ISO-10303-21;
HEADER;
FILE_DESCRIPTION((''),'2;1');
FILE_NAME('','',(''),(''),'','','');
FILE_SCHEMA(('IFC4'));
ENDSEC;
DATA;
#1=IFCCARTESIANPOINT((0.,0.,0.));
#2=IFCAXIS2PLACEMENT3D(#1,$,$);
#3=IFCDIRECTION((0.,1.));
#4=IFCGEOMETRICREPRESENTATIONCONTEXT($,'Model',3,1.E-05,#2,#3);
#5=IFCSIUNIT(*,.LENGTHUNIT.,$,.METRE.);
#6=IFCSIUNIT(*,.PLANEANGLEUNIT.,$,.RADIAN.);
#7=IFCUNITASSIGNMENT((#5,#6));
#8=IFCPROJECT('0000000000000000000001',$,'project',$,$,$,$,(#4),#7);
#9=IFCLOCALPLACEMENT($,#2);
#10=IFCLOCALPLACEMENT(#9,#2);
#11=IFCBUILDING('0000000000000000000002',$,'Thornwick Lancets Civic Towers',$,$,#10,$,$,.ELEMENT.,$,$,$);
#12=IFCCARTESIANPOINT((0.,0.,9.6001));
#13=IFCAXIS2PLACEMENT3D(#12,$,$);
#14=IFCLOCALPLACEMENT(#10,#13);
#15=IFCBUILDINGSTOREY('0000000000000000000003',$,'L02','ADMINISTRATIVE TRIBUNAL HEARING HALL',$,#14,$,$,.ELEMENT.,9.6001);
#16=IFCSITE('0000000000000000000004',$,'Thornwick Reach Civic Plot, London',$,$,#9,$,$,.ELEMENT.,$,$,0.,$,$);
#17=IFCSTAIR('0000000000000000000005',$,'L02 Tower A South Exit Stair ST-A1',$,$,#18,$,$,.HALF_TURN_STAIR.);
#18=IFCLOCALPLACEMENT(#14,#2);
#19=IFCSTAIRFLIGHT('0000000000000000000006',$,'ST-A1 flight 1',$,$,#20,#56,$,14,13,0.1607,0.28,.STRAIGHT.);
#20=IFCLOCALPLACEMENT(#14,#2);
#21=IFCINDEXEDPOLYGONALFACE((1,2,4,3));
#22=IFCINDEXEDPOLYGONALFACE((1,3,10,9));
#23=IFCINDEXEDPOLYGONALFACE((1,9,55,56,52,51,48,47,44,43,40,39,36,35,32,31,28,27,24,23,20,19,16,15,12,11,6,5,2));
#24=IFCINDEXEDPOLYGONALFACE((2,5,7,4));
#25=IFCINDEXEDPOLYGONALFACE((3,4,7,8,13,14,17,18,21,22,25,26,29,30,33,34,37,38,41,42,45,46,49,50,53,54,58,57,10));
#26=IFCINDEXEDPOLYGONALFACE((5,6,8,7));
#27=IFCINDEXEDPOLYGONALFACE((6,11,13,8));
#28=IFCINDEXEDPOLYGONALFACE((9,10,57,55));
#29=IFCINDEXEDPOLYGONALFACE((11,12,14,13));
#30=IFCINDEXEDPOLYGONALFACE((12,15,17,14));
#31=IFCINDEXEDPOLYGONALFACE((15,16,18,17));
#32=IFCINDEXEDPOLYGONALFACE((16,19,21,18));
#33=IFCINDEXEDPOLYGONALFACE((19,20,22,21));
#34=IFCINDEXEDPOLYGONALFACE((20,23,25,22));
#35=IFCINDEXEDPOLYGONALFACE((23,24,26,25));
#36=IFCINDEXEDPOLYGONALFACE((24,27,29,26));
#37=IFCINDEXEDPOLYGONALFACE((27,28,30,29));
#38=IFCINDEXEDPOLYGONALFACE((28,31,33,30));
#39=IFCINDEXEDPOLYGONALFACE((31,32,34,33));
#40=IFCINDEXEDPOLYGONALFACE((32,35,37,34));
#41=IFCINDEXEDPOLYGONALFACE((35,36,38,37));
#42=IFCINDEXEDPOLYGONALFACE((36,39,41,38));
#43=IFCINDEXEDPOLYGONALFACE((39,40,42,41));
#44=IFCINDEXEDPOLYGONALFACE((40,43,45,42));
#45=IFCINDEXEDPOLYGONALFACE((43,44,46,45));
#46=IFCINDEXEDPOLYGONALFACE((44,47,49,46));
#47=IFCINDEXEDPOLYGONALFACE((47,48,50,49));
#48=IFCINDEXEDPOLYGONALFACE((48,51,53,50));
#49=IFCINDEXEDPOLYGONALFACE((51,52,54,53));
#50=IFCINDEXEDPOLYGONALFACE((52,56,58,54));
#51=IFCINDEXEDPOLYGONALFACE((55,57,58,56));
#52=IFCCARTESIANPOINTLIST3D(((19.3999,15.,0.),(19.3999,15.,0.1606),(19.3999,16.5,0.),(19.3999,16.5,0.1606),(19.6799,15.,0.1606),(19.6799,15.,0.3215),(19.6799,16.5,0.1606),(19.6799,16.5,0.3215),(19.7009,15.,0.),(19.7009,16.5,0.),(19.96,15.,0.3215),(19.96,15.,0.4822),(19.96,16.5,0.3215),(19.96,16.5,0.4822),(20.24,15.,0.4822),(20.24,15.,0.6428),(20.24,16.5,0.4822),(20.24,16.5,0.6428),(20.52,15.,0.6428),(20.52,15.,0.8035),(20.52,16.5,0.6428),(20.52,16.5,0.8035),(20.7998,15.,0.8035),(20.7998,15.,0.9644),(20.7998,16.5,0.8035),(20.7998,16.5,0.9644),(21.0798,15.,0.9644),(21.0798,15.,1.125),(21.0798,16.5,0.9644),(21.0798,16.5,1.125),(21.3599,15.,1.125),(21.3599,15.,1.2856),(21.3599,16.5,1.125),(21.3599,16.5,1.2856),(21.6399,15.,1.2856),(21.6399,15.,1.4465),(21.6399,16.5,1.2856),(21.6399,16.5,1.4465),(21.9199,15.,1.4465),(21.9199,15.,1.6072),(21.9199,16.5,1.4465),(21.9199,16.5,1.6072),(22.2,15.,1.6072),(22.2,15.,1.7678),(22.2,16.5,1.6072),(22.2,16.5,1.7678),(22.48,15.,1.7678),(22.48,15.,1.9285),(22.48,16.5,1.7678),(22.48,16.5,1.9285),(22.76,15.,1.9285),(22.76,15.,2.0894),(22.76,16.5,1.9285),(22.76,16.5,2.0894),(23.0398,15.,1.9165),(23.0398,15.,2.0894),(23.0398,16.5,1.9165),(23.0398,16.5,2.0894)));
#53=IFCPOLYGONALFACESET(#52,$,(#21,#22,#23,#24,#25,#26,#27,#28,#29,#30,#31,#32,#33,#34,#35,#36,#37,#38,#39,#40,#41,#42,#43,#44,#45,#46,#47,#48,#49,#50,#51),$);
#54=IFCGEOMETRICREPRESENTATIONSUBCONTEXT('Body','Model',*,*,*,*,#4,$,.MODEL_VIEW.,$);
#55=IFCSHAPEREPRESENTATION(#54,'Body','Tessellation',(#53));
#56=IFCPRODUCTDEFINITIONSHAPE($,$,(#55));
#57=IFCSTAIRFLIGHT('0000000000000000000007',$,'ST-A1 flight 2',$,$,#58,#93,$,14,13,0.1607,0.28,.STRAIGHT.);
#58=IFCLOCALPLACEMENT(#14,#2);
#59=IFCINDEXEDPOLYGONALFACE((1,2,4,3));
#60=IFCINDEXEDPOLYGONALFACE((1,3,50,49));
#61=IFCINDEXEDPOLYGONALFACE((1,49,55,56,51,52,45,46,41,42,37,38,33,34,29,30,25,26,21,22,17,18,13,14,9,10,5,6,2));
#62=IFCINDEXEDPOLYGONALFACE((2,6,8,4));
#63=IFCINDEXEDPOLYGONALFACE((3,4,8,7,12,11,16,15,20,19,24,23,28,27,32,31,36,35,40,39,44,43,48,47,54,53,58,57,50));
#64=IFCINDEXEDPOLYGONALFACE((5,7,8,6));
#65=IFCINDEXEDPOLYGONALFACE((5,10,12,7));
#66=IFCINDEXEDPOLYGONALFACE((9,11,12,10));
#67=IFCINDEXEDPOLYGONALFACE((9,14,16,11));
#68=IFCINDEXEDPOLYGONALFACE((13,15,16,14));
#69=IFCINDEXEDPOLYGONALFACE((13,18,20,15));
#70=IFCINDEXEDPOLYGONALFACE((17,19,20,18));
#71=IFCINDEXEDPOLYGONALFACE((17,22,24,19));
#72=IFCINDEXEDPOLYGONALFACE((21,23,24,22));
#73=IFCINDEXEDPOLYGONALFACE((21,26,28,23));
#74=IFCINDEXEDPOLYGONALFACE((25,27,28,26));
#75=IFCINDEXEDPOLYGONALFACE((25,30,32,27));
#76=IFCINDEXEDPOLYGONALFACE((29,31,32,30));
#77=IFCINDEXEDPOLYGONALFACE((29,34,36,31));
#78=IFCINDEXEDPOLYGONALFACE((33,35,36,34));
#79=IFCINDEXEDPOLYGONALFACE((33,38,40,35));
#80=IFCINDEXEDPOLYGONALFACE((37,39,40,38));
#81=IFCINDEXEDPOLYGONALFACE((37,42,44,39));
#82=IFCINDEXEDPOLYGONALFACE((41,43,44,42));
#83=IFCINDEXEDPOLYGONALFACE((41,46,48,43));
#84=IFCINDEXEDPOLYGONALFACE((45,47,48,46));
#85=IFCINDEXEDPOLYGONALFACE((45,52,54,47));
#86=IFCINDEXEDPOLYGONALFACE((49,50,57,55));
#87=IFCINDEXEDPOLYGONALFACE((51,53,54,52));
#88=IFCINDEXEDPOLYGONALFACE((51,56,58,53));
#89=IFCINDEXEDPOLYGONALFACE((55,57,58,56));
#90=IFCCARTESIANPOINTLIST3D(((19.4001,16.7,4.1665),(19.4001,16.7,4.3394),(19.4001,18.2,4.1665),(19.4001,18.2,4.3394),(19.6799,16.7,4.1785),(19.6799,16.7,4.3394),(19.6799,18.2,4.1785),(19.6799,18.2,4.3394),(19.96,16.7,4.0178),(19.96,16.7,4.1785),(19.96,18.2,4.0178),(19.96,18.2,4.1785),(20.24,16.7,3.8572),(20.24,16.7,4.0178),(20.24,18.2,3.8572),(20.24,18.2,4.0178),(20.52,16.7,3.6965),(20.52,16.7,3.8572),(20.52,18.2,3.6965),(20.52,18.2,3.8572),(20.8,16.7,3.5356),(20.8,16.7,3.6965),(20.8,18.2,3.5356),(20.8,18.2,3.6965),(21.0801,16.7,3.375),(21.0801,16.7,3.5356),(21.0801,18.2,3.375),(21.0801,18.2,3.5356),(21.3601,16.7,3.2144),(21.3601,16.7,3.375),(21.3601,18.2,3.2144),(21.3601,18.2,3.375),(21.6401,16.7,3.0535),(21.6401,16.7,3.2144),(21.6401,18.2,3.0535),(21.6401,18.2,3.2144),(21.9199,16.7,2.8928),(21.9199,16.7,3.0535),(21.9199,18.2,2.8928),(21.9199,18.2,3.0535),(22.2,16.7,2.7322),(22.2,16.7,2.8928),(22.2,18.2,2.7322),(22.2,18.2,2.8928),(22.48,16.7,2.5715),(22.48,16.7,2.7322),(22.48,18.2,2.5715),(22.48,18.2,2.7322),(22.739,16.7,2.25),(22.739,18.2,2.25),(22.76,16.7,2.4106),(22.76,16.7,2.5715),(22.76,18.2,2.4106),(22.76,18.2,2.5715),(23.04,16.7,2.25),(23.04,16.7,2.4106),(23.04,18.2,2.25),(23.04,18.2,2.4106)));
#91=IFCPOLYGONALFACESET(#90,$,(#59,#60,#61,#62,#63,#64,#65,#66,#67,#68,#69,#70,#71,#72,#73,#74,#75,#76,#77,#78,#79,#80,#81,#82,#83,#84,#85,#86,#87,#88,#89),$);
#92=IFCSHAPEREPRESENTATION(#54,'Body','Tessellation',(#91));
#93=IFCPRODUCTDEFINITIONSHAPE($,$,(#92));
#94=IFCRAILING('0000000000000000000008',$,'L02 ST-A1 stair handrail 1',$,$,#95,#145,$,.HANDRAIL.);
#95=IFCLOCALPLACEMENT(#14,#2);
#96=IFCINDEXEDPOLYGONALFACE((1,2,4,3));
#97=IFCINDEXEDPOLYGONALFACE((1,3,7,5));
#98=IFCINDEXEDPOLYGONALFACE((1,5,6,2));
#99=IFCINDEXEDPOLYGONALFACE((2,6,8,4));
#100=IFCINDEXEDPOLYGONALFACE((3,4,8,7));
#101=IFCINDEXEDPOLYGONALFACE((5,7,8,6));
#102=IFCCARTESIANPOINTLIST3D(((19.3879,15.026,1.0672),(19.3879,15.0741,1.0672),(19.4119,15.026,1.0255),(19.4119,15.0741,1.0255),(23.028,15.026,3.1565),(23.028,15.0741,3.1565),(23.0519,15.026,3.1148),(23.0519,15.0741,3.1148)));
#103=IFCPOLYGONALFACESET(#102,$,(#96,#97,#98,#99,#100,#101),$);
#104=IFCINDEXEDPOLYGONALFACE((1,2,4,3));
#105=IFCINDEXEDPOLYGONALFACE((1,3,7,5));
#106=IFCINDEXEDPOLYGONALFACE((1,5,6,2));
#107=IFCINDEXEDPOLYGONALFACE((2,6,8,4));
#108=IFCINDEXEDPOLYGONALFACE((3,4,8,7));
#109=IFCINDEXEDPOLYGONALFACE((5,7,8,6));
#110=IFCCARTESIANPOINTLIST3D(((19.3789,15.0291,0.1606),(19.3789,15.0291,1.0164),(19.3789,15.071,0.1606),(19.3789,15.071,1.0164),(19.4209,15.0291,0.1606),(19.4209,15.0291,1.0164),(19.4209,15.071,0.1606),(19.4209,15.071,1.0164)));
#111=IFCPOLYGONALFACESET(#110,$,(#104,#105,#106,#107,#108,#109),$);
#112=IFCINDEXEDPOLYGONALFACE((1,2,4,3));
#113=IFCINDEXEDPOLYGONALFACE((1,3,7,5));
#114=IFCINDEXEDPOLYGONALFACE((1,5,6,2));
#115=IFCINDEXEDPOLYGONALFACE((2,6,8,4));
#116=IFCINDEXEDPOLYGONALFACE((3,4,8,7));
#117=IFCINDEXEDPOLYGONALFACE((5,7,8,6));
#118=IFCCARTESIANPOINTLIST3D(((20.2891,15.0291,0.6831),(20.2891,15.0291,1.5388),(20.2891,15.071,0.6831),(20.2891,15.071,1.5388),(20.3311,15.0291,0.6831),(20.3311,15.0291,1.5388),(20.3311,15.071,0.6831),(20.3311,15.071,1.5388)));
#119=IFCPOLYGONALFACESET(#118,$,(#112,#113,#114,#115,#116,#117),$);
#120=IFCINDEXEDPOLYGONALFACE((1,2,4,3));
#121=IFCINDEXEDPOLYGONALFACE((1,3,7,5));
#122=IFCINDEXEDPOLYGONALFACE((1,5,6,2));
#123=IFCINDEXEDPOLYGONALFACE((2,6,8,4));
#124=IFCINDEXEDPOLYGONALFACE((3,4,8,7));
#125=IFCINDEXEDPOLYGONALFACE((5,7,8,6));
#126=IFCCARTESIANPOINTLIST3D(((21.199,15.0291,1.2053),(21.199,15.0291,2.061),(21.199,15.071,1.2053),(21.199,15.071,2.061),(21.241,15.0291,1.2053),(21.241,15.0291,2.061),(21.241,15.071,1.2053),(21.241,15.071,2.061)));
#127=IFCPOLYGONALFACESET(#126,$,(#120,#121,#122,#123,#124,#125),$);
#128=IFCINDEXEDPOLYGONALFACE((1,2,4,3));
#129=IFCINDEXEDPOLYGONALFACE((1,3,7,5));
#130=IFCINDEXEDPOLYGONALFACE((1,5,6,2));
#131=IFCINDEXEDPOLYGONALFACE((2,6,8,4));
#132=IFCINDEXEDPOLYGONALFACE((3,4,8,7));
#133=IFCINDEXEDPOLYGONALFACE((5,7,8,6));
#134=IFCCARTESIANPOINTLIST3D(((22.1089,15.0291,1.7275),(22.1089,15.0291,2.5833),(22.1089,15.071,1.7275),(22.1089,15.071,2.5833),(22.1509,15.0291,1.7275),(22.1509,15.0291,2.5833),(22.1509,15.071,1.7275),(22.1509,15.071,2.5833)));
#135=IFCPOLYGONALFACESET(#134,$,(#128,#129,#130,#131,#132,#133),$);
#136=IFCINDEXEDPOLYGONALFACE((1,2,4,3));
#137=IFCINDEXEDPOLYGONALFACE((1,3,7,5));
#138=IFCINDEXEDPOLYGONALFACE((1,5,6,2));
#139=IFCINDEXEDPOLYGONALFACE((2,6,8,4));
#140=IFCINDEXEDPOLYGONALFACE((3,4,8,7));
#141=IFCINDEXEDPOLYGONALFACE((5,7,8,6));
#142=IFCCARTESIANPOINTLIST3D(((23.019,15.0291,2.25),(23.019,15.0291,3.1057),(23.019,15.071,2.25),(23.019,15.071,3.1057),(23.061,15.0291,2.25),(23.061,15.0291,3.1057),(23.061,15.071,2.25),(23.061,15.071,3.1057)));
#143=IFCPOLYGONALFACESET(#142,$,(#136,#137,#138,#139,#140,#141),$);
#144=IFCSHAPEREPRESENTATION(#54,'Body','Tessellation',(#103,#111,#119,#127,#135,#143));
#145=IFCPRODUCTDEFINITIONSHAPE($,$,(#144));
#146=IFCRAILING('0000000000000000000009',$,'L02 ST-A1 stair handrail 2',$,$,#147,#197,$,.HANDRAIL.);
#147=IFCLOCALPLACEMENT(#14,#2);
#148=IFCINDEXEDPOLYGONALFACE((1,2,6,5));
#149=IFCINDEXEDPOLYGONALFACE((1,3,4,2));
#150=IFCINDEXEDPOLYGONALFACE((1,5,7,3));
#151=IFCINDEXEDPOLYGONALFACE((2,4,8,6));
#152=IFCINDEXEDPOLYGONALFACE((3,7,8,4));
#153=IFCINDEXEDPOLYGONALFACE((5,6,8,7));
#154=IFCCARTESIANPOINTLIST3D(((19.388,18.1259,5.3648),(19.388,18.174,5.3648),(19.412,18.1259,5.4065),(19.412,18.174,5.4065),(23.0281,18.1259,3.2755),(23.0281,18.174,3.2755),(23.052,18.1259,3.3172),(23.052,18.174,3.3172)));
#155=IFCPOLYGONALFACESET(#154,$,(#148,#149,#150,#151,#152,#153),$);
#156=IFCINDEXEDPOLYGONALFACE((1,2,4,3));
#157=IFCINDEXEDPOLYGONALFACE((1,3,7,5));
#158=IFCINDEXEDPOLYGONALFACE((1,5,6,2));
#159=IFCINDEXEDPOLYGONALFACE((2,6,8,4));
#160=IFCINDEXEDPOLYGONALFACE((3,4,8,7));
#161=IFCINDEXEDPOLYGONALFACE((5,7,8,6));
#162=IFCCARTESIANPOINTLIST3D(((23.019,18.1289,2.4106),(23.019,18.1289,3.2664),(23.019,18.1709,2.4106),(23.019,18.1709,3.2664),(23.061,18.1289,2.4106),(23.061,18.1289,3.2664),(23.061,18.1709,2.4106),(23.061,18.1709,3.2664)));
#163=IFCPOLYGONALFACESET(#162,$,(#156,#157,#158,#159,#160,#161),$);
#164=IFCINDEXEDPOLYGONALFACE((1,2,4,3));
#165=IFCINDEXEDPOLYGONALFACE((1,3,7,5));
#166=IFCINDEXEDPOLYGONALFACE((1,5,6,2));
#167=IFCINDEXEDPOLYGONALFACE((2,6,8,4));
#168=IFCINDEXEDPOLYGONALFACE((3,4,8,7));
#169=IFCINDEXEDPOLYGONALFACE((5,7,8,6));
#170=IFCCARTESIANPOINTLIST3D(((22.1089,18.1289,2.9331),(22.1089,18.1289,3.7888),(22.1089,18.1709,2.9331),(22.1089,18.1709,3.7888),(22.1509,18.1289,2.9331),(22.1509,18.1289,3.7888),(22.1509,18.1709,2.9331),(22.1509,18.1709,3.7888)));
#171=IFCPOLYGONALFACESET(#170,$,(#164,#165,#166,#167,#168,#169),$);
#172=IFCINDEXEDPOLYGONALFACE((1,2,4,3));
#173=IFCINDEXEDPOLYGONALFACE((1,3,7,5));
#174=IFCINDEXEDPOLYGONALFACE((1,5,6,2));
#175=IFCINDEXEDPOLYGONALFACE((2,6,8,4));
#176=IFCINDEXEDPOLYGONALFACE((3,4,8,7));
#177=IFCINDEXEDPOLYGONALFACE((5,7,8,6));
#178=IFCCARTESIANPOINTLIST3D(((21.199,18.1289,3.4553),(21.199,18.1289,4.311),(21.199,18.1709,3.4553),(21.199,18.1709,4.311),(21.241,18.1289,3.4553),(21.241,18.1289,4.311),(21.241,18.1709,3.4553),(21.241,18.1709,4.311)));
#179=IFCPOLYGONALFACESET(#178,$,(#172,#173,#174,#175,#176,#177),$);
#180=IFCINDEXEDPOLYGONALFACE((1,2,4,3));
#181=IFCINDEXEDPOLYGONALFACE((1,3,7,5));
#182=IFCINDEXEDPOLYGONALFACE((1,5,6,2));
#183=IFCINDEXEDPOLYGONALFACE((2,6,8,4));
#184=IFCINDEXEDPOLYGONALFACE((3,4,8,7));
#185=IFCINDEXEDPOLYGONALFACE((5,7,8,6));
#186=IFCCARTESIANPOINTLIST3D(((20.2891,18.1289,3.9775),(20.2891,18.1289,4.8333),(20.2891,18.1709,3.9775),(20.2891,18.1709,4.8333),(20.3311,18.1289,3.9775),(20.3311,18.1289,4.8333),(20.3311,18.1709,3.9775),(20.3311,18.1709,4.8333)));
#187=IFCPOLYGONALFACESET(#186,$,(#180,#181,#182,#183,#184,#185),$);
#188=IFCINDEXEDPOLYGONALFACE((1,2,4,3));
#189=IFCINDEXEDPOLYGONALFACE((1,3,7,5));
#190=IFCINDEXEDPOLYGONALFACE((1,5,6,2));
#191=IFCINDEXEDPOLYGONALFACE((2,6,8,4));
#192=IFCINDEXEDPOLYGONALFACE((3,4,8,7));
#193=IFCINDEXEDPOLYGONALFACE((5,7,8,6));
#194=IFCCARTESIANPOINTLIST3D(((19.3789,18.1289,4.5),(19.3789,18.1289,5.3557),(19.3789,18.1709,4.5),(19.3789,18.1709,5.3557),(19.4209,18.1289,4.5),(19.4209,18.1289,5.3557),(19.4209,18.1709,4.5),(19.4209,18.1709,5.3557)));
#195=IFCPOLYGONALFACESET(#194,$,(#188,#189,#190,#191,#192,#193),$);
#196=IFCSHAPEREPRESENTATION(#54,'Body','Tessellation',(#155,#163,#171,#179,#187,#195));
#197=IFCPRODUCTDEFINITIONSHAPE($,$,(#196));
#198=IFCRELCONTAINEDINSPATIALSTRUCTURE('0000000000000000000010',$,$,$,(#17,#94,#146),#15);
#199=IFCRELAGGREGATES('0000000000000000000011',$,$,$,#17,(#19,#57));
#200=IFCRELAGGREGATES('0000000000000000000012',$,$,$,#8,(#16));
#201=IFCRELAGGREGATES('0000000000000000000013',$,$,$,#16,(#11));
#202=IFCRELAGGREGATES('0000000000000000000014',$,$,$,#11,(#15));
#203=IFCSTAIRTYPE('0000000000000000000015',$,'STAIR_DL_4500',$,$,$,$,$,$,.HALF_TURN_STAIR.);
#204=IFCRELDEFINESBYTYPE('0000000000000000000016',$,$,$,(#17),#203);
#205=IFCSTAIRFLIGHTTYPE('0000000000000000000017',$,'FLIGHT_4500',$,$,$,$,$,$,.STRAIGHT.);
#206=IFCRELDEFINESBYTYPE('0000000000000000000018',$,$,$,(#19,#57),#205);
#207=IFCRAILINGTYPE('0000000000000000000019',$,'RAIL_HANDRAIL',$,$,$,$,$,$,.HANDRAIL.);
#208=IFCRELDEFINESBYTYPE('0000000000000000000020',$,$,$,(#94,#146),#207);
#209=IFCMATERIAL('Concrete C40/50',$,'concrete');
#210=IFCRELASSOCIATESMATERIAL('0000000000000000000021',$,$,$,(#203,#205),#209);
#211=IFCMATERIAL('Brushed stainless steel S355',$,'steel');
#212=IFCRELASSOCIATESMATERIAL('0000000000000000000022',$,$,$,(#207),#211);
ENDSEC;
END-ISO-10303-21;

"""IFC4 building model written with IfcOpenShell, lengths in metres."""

from ifc_helpers import new_model, si_unit, direction, frame, origin, origin_2d, place, context, subcontext, project, spatial, polyline, rectangle, outline, extrude, material, type_object, element, aggregate, save


model = new_model("IFC4")

# Units and contexts
model_context = context("Model", 3, precision=1e-05, world=origin(), true_north=direction((0.0, 1.0)))
body_context = subcontext(model_context, "Body", "Model", "MODEL_VIEW")
ifc_project = project(units=[si_unit("LENGTHUNIT", "METRE"), si_unit("PLANEANGLEUNIT", "RADIAN")], contexts=[model_context])

# Site, building, storey
site_placement = place(None, origin())
site = spatial("IfcSite", under=ifc_project, at=site_placement, Name="Thornwick Reach Civic Plot, London", CompositionType="ELEMENT", RefElevation=0.0)
building_placement = place(site_placement, origin())
building = spatial("IfcBuilding", under=site, at=building_placement, Name="Thornwick Lancets Civic Towers", CompositionType="ELEMENT")
storey_placement = place(building_placement, frame((0.0, 0.0, 9.6001)))
storey = spatial("IfcBuildingStorey", under=building, at=storey_placement, Name="L02", Description="ADMINISTRATIVE TRIBUNAL HEARING HALL", CompositionType="ELEMENT", Elevation=9.6001)

# Shared definitions
ifc_material_1 = material(Name="Concrete C40/50", Category="concrete")

# Stair, stair flights
stair_type = type_object("IfcStairType", Name="STAIR_DL_4500", PredefinedType="HALF_TURN_STAIR", material=ifc_material_1)
stair_placement = place(storey_placement, origin())
stair = element("IfcStair", 1, at=stair_placement, inside=storey, type_object=stair_type, Name="L02 Tower A South Exit Stair ST-A1", PredefinedType="HALF_TURN_STAIR")
stair_flight_type = type_object("IfcStairFlightType", Name="FLIGHT_4500", PredefinedType="STRAIGHT", material=ifc_material_1)
stair_flight_1_placement = place(storey_placement, frame((19.3999, 15.75, 0.0), z_axis=(0.0, 0.0, 1.0), x_axis=(1.0, 0.0, 0.0)))
stair_flight_1 = element("IfcStairFlight", 2, at=stair_flight_1_placement, type_object=stair_flight_type, Name="ST-A1 flight 1", NumberOfRisers=14, NumberOfTreads=13, PredefinedType="STRAIGHT", RiserHeight=0.1607, TreadLength=0.28, context=body_context, shape_type="SweptSolid", body=[
    extrude(outline(polyline([(0.0, 0.0), (0.0, 0.1606), (0.28, 0.1606), (0.28, 0.3215), (0.5601, 0.3215), (0.5601, 0.4822), (0.8401, 0.4822), (0.8401, 0.6428), (1.1201, 0.6428), (1.1201, 0.8035), (1.3999, 0.8035), (1.3999, 0.9644), (1.6799, 0.9644), (1.6799, 1.125), (1.96, 1.125), (1.96, 1.2856), (2.24, 1.2856), (2.24, 1.4465), (2.52, 1.4465), (2.52, 1.6072), (2.8, 1.6072), (2.8, 1.7678), (3.0801, 1.7678), (3.0801, 1.9285), (3.3601, 1.9285), (3.3601, 2.0894), (3.6399, 2.0894), (3.6399, 2.25), (3.6399, 1.9165), (0.301, 0.0), (0.0, 0.0)])), frame((0.0, 0.75, 0.0), z_axis=(0.0, -1.0, 0.0), x_axis=(1.0, 0.0, 0.0)), (0.0, 0.0, 1.0), 1.5),
])
stair_flight_2_placement = place(storey_placement, frame((23.04, 17.45, 2.25), z_axis=(0.0, 0.0, 1.0), x_axis=(-1.0, 0.0, 0.0)))
stair_flight_2 = element("IfcStairFlight", 3, at=stair_flight_2_placement, type_object=stair_flight_type, Name="ST-A1 flight 2", NumberOfRisers=14, NumberOfTreads=13, PredefinedType="STRAIGHT", RiserHeight=0.1607, TreadLength=0.28, context=body_context, shape_type="SweptSolid", body=[
    extrude(outline(polyline([(0.0, 0.0), (0.0, 0.1606), (0.28, 0.1606), (0.28, 0.3215), (0.5601, 0.3215), (0.5601, 0.4822), (0.8401, 0.4822), (0.8401, 0.6428), (1.1201, 0.6428), (1.1201, 0.8035), (1.3999, 0.8035), (1.3999, 0.9644), (1.6799, 0.9644), (1.6799, 1.125), (1.96, 1.125), (1.96, 1.2856), (2.24, 1.2856), (2.24, 1.4465), (2.52, 1.4465), (2.52, 1.6072), (2.8, 1.6072), (2.8, 1.7678), (3.0801, 1.7678), (3.0801, 1.9285), (3.3601, 1.9285), (3.3601, 2.0894), (3.6399, 2.0894), (3.6399, 2.25), (3.6399, 1.9165), (0.301, 0.0), (0.0, 0.0)])), frame((0.0, 0.75, 0.0), z_axis=(0.0, -1.0, 0.0), x_axis=(1.0, 0.0, 0.0)), (0.0, 0.0, 1.0), 1.5),
])
aggregate(stair, [stair_flight_1, stair_flight_2])

# Railings
ifc_material_2 = material(Name="Brushed stainless steel S355", Category="steel")
railing_type_1 = type_object("IfcRailingType", Name="RAIL_HANDRAIL", PredefinedType="HANDRAIL", material=ifc_material_2)
railing_1_placement = place(storey_placement, frame((19.3999, 15.05, 0.1606)))
element("IfcRailing", 4, at=railing_1_placement, inside=storey, type_object=railing_type_1, Name="L02 ST-A1 stair handrail 1", PredefinedType="HANDRAIL", context=body_context, shape_type="SweptSolid", body=[
    extrude(rectangle(XDim=0.0481, YDim=0.0481, at=origin_2d()), frame((0.0, 0.0, 0.8857), z_axis=(0.867289, 0.0, 0.497804), x_axis=(0.0, 1.0, 0.0)), (0.0, 0.0, 1.0), 4.197),
    extrude(rectangle(XDim=0.042, YDim=0.042, at=origin_2d()), origin(), (0.0, 0.0, 1.0), 0.8557),
    extrude(rectangle(XDim=0.042, YDim=0.042, at=origin_2d()), frame((0.9102, 0.0, 0.5225)), (0.0, 0.0, 1.0), 0.8557),
    extrude(rectangle(XDim=0.042, YDim=0.042, at=origin_2d()), frame((1.8201, 0.0, 1.0447)), (0.0, 0.0, 1.0), 0.8557),
    extrude(rectangle(XDim=0.042, YDim=0.042, at=origin_2d()), frame((2.73, 0.0, 1.5669)), (0.0, 0.0, 1.0), 0.8557),
    extrude(rectangle(XDim=0.042, YDim=0.042, at=origin_2d()), frame((3.6401, 0.0, 2.0894)), (0.0, 0.0, 1.0), 0.8557),
])
railing_2_placement = place(storey_placement, frame((23.04, 18.1499, 2.4106)))
element("IfcRailing", 5, at=railing_2_placement, inside=storey, type_object=railing_type_1, Name="L02 ST-A1 stair handrail 2", PredefinedType="HANDRAIL", context=body_context, shape_type="SweptSolid", body=[
    extrude(rectangle(XDim=0.0481, YDim=0.0481, at=origin_2d()), frame((0.0, 0.0, 0.8857), z_axis=(-0.867289, 0.0, 0.497804), x_axis=(0.0, -1.0, 0.0)), (0.0, 0.0, 1.0), 4.197),
    extrude(rectangle(XDim=0.042, YDim=0.042, at=origin_2d()), origin(), (0.0, 0.0, 1.0), 0.8557),
    extrude(rectangle(XDim=0.042, YDim=0.042, at=origin_2d()), frame((-0.9102, 0.0, 0.5225)), (0.0, 0.0, 1.0), 0.8557),
    extrude(rectangle(XDim=0.042, YDim=0.042, at=origin_2d()), frame((-1.8201, 0.0, 1.0447)), (0.0, 0.0, 1.0), 0.8557),
    extrude(rectangle(XDim=0.042, YDim=0.042, at=origin_2d()), frame((-2.73, 0.0, 1.5669)), (0.0, 0.0, 1.0), 0.8557),
    extrude(rectangle(XDim=0.042, YDim=0.042, at=origin_2d()), frame((-3.6401, 0.0, 2.0894)), (0.0, 0.0, 1.0), 0.8557),
])

save(model, "model.ifc")
